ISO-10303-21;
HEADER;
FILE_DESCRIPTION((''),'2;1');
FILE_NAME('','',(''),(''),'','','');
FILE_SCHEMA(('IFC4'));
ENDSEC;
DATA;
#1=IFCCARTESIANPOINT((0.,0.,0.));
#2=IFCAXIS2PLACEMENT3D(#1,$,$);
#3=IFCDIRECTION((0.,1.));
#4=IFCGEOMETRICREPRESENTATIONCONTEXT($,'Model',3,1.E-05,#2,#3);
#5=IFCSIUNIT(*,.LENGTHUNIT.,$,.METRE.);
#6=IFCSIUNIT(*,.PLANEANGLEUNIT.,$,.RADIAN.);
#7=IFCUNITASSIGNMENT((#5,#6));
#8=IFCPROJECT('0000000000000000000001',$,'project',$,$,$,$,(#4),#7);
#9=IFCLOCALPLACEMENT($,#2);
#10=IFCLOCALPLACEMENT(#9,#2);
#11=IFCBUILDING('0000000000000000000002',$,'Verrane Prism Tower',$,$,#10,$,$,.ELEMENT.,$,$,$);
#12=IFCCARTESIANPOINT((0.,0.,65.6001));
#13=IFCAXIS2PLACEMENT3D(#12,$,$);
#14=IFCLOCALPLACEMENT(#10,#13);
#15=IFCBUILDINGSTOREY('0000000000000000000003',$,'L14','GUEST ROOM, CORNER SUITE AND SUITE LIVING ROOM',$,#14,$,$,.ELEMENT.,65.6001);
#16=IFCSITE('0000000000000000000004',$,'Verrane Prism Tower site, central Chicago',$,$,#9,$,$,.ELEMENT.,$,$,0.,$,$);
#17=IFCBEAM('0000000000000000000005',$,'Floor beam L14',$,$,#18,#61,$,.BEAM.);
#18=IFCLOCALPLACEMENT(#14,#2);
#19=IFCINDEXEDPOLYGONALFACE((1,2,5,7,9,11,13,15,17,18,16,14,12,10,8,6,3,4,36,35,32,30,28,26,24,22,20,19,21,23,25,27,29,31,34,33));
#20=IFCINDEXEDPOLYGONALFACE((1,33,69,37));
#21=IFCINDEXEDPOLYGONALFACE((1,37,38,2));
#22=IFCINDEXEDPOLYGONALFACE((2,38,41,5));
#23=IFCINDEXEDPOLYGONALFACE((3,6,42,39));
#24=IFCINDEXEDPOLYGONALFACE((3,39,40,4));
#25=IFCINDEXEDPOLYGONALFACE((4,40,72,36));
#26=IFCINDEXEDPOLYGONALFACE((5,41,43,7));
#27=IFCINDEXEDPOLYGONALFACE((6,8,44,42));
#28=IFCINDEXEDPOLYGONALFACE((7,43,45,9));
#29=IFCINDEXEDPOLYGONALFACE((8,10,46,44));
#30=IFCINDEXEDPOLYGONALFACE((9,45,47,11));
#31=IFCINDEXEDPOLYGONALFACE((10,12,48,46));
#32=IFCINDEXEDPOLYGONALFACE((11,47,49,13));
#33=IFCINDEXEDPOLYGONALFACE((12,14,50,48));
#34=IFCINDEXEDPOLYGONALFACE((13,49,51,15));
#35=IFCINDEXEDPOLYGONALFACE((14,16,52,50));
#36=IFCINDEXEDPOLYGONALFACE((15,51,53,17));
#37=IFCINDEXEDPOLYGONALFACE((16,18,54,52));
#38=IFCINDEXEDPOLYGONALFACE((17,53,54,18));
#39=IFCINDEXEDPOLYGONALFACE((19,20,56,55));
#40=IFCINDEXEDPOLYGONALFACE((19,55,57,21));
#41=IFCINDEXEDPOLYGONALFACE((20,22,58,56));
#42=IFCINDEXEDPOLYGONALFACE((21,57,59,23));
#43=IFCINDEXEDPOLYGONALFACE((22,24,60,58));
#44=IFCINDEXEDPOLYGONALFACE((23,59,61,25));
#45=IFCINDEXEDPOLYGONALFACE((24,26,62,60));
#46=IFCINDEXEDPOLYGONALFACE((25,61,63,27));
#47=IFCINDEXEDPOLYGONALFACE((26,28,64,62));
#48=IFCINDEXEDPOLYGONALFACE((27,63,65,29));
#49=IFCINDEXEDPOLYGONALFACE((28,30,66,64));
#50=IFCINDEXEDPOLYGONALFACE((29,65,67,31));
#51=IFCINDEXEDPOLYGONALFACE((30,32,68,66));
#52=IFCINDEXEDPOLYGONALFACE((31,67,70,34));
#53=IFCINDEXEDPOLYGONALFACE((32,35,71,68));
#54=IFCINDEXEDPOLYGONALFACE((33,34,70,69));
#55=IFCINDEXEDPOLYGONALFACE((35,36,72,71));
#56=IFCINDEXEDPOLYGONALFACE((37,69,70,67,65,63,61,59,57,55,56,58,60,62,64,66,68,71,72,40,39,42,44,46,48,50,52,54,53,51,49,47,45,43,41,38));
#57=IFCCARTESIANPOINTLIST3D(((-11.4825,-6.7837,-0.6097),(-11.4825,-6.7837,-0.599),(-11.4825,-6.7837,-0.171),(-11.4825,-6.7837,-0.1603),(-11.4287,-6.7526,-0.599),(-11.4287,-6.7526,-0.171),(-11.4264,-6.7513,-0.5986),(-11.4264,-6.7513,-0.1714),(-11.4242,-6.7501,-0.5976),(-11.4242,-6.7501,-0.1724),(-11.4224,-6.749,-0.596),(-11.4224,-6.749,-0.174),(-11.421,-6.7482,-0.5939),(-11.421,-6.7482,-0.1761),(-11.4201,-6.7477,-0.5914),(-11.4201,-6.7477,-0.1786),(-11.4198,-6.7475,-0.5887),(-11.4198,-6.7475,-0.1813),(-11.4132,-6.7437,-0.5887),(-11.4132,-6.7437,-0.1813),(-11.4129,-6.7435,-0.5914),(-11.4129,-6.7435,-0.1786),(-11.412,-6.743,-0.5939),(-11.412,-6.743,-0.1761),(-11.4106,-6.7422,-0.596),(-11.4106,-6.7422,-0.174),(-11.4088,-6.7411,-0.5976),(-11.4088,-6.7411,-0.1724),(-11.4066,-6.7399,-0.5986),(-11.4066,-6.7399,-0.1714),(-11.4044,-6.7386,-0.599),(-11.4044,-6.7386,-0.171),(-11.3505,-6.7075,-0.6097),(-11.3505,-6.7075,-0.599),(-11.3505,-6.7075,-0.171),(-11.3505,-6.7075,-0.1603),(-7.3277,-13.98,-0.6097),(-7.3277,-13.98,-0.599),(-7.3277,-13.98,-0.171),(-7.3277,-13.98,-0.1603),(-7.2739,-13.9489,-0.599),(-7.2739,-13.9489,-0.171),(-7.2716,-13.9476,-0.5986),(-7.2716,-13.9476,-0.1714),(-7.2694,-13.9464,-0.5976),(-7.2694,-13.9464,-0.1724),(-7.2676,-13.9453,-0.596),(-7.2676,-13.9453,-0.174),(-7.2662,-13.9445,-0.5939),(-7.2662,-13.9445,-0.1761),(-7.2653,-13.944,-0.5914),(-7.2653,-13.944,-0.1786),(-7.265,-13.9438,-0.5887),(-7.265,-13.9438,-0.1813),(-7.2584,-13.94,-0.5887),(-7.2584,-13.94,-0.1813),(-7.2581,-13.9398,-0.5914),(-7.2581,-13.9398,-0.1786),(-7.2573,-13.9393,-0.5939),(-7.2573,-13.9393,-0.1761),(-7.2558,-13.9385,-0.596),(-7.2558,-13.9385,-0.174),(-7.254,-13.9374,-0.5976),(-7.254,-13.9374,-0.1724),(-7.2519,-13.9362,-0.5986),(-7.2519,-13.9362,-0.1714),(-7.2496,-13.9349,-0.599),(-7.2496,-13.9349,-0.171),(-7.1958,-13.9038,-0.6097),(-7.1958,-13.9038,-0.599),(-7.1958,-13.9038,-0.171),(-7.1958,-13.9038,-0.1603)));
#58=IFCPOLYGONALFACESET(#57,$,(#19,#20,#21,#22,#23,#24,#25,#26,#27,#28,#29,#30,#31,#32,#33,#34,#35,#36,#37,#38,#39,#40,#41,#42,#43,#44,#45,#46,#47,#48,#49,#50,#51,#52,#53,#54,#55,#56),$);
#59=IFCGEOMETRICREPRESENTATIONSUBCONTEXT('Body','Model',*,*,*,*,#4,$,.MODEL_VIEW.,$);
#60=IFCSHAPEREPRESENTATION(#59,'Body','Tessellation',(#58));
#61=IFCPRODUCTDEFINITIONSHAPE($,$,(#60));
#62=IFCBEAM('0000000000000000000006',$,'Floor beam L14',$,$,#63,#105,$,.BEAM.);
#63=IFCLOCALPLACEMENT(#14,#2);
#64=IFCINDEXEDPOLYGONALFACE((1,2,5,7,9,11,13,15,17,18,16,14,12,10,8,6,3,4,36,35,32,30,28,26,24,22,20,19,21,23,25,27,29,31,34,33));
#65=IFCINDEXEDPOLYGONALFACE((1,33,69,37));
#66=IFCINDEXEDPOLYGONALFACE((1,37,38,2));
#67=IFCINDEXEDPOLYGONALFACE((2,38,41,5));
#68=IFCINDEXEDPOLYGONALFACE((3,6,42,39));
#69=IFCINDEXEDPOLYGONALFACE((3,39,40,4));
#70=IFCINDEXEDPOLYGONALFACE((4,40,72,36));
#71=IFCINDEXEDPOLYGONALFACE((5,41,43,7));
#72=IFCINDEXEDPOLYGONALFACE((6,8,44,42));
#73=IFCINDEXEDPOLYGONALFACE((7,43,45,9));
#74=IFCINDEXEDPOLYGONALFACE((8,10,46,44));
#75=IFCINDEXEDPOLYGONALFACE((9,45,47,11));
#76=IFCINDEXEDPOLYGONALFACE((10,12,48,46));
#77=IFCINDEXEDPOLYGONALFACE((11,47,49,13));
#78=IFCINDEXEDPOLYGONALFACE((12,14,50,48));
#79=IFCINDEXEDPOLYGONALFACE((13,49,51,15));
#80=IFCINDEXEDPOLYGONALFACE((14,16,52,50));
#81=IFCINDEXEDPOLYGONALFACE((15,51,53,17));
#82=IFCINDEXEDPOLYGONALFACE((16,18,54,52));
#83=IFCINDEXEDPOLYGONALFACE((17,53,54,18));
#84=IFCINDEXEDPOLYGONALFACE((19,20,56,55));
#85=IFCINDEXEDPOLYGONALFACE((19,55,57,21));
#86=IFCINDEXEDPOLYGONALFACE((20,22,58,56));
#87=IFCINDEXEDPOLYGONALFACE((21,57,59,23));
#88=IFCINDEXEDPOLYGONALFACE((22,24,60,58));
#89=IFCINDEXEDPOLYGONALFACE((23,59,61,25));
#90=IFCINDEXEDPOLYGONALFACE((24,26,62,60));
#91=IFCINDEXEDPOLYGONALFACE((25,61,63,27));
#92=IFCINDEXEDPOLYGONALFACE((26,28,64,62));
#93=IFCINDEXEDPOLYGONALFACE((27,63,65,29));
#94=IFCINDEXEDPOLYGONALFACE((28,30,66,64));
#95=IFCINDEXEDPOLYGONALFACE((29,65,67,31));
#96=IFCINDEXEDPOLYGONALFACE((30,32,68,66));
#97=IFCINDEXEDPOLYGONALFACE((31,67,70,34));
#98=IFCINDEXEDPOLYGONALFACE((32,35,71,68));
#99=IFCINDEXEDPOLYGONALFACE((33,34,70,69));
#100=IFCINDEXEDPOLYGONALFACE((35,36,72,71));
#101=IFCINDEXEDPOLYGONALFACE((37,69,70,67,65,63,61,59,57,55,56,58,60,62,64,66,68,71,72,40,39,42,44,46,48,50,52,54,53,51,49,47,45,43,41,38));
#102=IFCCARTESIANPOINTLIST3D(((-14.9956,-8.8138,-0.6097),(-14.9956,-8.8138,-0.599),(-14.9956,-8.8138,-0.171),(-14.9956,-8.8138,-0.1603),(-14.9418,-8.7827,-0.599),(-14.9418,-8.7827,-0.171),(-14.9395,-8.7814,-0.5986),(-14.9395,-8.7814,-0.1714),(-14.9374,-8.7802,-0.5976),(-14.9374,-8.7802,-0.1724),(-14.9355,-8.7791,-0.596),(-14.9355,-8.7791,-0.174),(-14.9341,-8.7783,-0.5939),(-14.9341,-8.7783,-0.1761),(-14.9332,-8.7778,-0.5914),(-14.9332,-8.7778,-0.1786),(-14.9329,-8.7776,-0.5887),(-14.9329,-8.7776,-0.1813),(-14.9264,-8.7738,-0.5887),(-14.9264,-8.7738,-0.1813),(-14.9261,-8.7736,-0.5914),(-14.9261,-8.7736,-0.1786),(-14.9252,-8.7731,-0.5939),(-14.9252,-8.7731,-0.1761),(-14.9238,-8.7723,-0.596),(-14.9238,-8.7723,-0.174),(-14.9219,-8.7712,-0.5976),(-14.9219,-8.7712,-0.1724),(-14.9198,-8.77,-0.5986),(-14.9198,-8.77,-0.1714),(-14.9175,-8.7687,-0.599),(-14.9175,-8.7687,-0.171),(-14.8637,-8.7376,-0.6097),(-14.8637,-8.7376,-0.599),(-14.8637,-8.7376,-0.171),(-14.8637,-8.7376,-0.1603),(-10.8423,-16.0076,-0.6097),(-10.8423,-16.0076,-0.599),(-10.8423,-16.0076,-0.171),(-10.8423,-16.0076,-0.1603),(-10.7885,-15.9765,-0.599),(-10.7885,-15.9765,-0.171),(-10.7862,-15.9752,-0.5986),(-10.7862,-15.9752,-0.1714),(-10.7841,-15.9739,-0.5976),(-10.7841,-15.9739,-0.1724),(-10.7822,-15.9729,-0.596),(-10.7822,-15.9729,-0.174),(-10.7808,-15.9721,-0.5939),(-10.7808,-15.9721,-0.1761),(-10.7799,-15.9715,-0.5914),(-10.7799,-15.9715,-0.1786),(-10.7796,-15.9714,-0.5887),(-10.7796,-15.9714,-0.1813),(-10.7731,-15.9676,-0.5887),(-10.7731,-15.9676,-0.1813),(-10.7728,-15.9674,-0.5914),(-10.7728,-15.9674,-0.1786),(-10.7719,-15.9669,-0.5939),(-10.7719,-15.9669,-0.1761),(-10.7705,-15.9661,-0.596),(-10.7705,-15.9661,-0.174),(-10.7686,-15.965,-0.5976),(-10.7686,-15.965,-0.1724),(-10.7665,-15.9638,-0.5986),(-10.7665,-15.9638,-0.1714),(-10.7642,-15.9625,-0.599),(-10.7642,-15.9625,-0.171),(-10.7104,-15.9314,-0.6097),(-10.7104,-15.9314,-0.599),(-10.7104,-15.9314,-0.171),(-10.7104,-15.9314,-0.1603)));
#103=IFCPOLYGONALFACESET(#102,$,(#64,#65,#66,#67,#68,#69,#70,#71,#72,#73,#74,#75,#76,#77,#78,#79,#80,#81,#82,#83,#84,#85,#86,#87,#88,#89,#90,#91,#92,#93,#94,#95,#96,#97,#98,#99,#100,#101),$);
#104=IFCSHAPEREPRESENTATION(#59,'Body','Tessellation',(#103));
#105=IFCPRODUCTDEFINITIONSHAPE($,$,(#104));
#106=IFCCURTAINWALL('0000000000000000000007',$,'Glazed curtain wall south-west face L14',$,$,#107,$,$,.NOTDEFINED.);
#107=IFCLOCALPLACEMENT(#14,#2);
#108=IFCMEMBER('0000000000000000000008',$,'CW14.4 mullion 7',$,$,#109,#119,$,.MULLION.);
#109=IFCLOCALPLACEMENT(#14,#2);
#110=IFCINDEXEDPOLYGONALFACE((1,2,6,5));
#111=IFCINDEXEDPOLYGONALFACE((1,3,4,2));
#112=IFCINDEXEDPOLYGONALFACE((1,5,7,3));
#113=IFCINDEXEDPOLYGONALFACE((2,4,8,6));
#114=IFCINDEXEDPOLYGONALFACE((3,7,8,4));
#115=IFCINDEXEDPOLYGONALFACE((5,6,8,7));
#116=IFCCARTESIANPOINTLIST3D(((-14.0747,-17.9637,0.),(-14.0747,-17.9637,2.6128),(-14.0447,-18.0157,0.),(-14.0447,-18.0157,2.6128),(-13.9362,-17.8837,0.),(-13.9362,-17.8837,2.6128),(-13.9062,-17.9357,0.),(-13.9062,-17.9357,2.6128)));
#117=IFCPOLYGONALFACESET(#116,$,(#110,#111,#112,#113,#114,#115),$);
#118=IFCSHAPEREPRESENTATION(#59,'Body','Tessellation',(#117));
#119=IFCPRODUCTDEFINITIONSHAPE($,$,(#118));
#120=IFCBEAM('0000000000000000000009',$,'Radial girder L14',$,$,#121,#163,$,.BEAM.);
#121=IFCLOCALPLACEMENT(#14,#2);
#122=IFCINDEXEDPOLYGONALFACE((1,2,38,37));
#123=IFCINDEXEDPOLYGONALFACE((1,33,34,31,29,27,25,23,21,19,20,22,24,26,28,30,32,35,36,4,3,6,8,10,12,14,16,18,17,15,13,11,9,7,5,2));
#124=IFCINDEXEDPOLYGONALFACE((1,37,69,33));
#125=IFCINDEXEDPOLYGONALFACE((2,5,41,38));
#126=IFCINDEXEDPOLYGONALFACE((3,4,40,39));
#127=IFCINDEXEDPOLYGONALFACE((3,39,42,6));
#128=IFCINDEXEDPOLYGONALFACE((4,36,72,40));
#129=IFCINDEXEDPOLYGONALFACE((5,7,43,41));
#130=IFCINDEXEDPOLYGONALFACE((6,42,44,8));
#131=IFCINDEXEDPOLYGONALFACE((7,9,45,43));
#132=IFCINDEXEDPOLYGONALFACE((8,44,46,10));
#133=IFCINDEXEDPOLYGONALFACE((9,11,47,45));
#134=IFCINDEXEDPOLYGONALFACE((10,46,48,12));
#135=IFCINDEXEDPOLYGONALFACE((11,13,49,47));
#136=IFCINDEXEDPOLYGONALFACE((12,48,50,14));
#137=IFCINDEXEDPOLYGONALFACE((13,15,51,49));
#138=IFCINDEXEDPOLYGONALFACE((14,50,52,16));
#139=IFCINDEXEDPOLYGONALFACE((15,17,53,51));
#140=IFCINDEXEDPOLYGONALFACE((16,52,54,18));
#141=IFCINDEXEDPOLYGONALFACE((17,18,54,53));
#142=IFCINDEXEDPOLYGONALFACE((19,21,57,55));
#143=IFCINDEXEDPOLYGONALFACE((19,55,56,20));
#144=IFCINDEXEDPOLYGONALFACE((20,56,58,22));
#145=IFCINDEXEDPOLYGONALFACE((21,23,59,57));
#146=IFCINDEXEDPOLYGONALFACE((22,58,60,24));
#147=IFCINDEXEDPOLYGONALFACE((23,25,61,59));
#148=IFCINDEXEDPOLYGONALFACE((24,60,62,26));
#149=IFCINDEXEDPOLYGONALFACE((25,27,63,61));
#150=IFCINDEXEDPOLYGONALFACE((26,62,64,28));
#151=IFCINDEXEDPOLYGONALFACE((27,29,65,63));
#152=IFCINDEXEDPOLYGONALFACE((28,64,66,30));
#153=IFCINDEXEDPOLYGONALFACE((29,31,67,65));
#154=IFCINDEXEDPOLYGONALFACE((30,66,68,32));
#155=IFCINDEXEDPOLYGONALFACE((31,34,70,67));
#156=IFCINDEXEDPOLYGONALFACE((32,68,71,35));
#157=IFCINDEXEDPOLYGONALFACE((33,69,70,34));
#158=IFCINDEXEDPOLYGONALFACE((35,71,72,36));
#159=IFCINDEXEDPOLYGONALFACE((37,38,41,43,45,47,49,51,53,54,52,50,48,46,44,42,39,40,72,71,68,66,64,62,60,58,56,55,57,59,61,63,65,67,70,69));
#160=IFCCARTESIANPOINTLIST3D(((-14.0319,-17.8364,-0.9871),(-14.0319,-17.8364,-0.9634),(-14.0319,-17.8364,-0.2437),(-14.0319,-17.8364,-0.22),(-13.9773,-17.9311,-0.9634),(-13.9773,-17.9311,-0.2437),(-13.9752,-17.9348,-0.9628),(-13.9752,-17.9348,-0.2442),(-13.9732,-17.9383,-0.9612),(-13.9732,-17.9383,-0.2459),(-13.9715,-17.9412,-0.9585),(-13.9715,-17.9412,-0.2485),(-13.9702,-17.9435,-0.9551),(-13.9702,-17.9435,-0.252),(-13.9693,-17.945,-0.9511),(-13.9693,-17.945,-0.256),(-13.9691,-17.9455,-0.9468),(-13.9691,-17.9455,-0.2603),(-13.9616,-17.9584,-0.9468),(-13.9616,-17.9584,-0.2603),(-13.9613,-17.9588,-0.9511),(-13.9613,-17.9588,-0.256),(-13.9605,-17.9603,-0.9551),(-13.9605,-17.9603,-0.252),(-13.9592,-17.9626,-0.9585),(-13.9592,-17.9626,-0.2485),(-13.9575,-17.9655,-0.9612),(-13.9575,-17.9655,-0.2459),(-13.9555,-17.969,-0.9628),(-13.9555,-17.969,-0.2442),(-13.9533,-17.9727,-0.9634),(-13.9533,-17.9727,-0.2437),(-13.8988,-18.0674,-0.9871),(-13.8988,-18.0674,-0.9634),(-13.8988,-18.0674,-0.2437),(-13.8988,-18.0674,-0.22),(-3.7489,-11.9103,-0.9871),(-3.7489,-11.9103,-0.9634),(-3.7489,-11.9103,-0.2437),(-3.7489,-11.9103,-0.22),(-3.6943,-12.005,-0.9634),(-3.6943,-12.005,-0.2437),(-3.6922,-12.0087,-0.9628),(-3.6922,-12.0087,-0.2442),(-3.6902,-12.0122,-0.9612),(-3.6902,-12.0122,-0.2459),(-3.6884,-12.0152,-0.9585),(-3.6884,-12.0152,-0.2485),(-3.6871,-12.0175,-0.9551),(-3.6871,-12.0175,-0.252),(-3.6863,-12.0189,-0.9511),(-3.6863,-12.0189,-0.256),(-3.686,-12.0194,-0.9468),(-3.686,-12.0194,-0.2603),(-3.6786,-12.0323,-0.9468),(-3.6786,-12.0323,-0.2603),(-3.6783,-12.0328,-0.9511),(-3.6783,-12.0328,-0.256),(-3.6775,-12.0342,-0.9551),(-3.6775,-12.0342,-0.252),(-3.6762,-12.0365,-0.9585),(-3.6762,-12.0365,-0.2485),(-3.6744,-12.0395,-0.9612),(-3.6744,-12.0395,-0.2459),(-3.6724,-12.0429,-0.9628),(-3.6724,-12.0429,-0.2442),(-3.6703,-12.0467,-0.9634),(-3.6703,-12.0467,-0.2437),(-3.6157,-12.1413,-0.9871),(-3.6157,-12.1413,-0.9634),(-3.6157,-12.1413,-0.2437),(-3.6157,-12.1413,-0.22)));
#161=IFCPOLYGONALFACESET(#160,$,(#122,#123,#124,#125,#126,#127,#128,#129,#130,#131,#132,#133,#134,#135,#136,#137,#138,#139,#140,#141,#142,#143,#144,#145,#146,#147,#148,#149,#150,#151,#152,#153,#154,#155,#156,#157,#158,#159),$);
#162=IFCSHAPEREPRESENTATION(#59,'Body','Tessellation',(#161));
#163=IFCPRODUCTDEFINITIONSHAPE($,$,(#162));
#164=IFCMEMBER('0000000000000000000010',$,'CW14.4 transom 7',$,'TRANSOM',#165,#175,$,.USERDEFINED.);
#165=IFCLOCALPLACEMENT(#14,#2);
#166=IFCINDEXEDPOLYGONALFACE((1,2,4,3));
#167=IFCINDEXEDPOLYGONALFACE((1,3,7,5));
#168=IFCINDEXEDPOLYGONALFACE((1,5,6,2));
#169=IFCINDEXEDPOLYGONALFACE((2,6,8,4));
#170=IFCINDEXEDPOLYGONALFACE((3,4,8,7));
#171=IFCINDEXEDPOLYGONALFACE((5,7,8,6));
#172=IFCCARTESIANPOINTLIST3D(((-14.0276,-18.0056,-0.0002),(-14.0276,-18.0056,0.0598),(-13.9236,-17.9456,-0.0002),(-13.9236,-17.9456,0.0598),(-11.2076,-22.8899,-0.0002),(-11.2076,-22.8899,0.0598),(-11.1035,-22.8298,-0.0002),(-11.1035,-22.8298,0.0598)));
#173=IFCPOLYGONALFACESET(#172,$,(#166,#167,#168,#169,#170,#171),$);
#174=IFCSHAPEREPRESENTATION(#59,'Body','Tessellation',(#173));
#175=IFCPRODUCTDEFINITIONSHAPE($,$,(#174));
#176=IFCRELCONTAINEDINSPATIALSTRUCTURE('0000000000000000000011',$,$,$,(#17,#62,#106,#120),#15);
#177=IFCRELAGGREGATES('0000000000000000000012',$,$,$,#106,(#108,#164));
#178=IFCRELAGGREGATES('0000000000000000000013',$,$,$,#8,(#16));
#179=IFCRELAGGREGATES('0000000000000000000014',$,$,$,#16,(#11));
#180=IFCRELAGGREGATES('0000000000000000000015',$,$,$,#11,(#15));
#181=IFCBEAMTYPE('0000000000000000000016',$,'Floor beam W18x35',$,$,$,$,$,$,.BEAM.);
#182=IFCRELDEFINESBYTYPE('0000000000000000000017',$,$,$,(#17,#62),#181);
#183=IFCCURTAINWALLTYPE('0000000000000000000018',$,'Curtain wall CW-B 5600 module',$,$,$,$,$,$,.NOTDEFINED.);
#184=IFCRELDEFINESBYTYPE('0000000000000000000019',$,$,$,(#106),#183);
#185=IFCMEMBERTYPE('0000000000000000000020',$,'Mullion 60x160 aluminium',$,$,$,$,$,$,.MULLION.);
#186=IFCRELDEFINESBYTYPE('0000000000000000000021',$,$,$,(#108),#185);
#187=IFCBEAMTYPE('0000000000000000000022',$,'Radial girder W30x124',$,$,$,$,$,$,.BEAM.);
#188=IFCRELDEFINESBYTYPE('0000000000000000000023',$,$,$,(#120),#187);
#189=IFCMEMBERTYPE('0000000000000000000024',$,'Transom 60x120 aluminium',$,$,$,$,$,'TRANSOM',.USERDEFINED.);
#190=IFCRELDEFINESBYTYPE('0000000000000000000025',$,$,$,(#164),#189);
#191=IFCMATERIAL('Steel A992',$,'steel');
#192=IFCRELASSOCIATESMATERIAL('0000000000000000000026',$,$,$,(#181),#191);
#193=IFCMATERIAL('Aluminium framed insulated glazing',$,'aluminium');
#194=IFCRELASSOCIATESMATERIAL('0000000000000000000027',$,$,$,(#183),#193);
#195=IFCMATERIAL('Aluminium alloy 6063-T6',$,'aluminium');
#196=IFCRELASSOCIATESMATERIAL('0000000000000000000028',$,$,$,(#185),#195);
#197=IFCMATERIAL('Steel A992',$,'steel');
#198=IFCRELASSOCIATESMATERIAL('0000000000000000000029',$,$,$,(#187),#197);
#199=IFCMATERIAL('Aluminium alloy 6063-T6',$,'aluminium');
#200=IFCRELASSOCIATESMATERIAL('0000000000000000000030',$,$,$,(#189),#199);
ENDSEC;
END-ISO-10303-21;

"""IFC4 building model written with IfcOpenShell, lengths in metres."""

from ifc_helpers import new_model, si_unit, direction, frame, origin, origin_2d, place, context, subcontext, project, spatial, rectangle, i_section, extrude, material, material_profile, profile_set, type_object, element, aggregate, save


model = new_model("IFC4")

# Units and contexts
model_context = context("Model", 3, precision=1e-05, world=origin(), true_north=direction((0.0, 1.0)))
body_context = subcontext(model_context, "Body", "Model", "MODEL_VIEW")
ifc_project = project(units=[si_unit("LENGTHUNIT", "METRE"), si_unit("PLANEANGLEUNIT", "RADIAN")], contexts=[model_context])

# Site, building, storey
site_placement = place(None, origin())
site = spatial("IfcSite", under=ifc_project, at=site_placement, Name="Verrane Prism Tower site, central Chicago", CompositionType="ELEMENT", RefElevation=0.0)
building_placement = place(site_placement, origin())
building = spatial("IfcBuilding", under=site, at=building_placement, Name="Verrane Prism Tower", CompositionType="ELEMENT")
storey_placement = place(building_placement, frame((0.0, 0.0, 65.6001)))
storey = spatial("IfcBuildingStorey", under=building, at=storey_placement, Name="L14", Description="GUEST ROOM, CORNER SUITE AND SUITE LIVING ROOM", CompositionType="ELEMENT", Elevation=65.6001)

# Beams
ifc_material_1 = material(Name="Steel A992", Category="steel")
ifc_material_profile_1 = material_profile(ifc_material_1, i_section(OverallWidth=0.1523, OverallDepth=0.4495, WebThickness=0.0076, FlangeThickness=0.0107, FilletRadius=0.0103, at=origin_2d()), Name="W18x35")
ifc_profile_set_1 = profile_set([ifc_material_profile_1], Name="Steel A992")
beam_type_1 = type_object("IfcBeamType", Name="Floor beam W18x35", PredefinedType="BEAM", material=ifc_profile_set_1)
beam_1_placement = place(storey_placement, frame((-7.2617, -13.9419, -0.385), z_axis=(-0.500001, 0.866025, 0.0), x_axis=(-0.866025, -0.500001, 0.0)))
element("IfcBeam", 1, at=beam_1_placement, inside=storey, type_object=beam_type_1, Name="Floor beam L14", PredefinedType="BEAM", context=body_context, shape_type="SweptSolid", body=[
    extrude(i_section(OverallWidth=0.1523, OverallDepth=0.4495, WebThickness=0.0076, FlangeThickness=0.0107, FilletRadius=0.0103, at=origin_2d()), origin(), (0.0, 0.0, 1.0), 8.3096),
])
beam_2_placement = place(storey_placement, frame((-10.7764, -15.9695, -0.385), z_axis=(-0.499996, 0.866028, 0.0), x_axis=(-0.866028, -0.499996, 0.0)))
element("IfcBeam", 2, at=beam_2_placement, inside=storey, type_object=beam_type_1, Name="Floor beam L14", PredefinedType="BEAM", context=body_context, shape_type="SweptSolid", body=[
    extrude(i_section(OverallWidth=0.1523, OverallDepth=0.4495, WebThickness=0.0076, FlangeThickness=0.0107, FilletRadius=0.0103, at=origin_2d()), origin(), (0.0, 0.0, 1.0), 8.3066),
])

# Curtain wall, member
ifc_material_2 = material(Name="Aluminium framed insulated glazing", Category="aluminium")
curtain_wall_type = type_object("IfcCurtainWallType", Name="Curtain wall CW-B 5600 module", PredefinedType="NOTDEFINED", material=ifc_material_2)
curtain_wall_placement = place(storey_placement, origin())
curtain_wall = element("IfcCurtainWall", 3, at=curtain_wall_placement, inside=storey, type_object=curtain_wall_type, Name="Glazed curtain wall south-west face L14", PredefinedType="NOTDEFINED")
ifc_material_3 = material(Name="Aluminium alloy 6063-T6", Category="aluminium")
ifc_material_profile_2 = material_profile(ifc_material_3, rectangle(XDim=0.1599, YDim=0.0601, at=origin_2d()), Name="Mullion 60x160 aluminium")
ifc_profile_set_2 = profile_set([ifc_material_profile_2], Name="Aluminium alloy 6063-T6")
member_type_1 = type_object("IfcMemberType", Name="Mullion 60x160 aluminium", PredefinedType="MULLION", material=ifc_profile_set_2)
member_1_placement = place(storey_placement, frame((-13.9905, -17.9497, 0.0), z_axis=(0.0, 0.0, 1.0), x_axis=(0.866025, 0.5, 0.0)))
member_1 = element("IfcMember", 4, at=member_1_placement, type_object=member_type_1, Name="CW14.4 mullion 7", PredefinedType="MULLION", context=body_context, shape_type="SweptSolid", body=[
    extrude(rectangle(XDim=0.1599, YDim=0.0601, at=origin_2d()), origin(), (0.0, 0.0, 1.0), 2.6128),
])

# Beam
ifc_material_4 = material(Name="Steel A992", Category="steel")
ifc_material_profile_3 = material_profile(ifc_material_4, i_section(OverallWidth=0.2666, OverallDepth=0.7671, WebThickness=0.0149, FlangeThickness=0.0237, FilletRadius=0.0166, at=origin_2d()), Name="W30x124")
ifc_profile_set_3 = profile_set([ifc_material_profile_3], Name="Steel A992")
beam_type_2 = type_object("IfcBeamType", Name="Radial girder W30x124", PredefinedType="BEAM", material=ifc_profile_set_3)
beam_3_placement = place(storey_placement, frame((-13.9653, -17.9519, -0.6035), z_axis=(0.866421, 0.499315, 0.0), x_axis=(-0.499315, 0.866421, 0.0)))
element("IfcBeam", 5, at=beam_3_placement, inside=storey, type_object=beam_type_2, Name="Radial girder L14", PredefinedType="BEAM", context=body_context, shape_type="SweptSolid", body=[
    extrude(i_section(OverallWidth=0.2666, OverallDepth=0.7671, WebThickness=0.0149, FlangeThickness=0.0237, FilletRadius=0.0166, at=origin_2d()), origin(), (0.0, 0.0, 1.0), 11.8684),
])

# Member
ifc_material_5 = material(Name="Aluminium alloy 6063-T6", Category="aluminium")
ifc_material_profile_4 = material_profile(ifc_material_5, rectangle(XDim=0.1201, YDim=0.0601, at=origin_2d()), Name="Transom 60x120 aluminium")
ifc_profile_set_4 = profile_set([ifc_material_profile_4], Name="Aluminium alloy 6063-T6")
member_type_2 = type_object("IfcMemberType", Name="Transom 60x120 aluminium", ElementType="TRANSOM", PredefinedType="USERDEFINED", material=ifc_profile_set_4)
member_2_placement = place(storey_placement, frame((-13.9756, -17.9756, 0.0298), z_axis=(0.500017, -0.866015, 0.0), x_axis=(0.866015, 0.500017, 0.0)))
member_2 = element("IfcMember", 6, at=member_2_placement, type_object=member_type_2, Name="CW14.4 transom 7", ObjectType="TRANSOM", PredefinedType="USERDEFINED", context=body_context, shape_type="SweptSolid", body=[
    extrude(rectangle(XDim=0.1201, YDim=0.0601, at=origin_2d()), origin(), (0.0, 0.0, 1.0), 5.6399),
])
aggregate(curtain_wall, [member_1, member_2])

save(model, "model.ifc")
